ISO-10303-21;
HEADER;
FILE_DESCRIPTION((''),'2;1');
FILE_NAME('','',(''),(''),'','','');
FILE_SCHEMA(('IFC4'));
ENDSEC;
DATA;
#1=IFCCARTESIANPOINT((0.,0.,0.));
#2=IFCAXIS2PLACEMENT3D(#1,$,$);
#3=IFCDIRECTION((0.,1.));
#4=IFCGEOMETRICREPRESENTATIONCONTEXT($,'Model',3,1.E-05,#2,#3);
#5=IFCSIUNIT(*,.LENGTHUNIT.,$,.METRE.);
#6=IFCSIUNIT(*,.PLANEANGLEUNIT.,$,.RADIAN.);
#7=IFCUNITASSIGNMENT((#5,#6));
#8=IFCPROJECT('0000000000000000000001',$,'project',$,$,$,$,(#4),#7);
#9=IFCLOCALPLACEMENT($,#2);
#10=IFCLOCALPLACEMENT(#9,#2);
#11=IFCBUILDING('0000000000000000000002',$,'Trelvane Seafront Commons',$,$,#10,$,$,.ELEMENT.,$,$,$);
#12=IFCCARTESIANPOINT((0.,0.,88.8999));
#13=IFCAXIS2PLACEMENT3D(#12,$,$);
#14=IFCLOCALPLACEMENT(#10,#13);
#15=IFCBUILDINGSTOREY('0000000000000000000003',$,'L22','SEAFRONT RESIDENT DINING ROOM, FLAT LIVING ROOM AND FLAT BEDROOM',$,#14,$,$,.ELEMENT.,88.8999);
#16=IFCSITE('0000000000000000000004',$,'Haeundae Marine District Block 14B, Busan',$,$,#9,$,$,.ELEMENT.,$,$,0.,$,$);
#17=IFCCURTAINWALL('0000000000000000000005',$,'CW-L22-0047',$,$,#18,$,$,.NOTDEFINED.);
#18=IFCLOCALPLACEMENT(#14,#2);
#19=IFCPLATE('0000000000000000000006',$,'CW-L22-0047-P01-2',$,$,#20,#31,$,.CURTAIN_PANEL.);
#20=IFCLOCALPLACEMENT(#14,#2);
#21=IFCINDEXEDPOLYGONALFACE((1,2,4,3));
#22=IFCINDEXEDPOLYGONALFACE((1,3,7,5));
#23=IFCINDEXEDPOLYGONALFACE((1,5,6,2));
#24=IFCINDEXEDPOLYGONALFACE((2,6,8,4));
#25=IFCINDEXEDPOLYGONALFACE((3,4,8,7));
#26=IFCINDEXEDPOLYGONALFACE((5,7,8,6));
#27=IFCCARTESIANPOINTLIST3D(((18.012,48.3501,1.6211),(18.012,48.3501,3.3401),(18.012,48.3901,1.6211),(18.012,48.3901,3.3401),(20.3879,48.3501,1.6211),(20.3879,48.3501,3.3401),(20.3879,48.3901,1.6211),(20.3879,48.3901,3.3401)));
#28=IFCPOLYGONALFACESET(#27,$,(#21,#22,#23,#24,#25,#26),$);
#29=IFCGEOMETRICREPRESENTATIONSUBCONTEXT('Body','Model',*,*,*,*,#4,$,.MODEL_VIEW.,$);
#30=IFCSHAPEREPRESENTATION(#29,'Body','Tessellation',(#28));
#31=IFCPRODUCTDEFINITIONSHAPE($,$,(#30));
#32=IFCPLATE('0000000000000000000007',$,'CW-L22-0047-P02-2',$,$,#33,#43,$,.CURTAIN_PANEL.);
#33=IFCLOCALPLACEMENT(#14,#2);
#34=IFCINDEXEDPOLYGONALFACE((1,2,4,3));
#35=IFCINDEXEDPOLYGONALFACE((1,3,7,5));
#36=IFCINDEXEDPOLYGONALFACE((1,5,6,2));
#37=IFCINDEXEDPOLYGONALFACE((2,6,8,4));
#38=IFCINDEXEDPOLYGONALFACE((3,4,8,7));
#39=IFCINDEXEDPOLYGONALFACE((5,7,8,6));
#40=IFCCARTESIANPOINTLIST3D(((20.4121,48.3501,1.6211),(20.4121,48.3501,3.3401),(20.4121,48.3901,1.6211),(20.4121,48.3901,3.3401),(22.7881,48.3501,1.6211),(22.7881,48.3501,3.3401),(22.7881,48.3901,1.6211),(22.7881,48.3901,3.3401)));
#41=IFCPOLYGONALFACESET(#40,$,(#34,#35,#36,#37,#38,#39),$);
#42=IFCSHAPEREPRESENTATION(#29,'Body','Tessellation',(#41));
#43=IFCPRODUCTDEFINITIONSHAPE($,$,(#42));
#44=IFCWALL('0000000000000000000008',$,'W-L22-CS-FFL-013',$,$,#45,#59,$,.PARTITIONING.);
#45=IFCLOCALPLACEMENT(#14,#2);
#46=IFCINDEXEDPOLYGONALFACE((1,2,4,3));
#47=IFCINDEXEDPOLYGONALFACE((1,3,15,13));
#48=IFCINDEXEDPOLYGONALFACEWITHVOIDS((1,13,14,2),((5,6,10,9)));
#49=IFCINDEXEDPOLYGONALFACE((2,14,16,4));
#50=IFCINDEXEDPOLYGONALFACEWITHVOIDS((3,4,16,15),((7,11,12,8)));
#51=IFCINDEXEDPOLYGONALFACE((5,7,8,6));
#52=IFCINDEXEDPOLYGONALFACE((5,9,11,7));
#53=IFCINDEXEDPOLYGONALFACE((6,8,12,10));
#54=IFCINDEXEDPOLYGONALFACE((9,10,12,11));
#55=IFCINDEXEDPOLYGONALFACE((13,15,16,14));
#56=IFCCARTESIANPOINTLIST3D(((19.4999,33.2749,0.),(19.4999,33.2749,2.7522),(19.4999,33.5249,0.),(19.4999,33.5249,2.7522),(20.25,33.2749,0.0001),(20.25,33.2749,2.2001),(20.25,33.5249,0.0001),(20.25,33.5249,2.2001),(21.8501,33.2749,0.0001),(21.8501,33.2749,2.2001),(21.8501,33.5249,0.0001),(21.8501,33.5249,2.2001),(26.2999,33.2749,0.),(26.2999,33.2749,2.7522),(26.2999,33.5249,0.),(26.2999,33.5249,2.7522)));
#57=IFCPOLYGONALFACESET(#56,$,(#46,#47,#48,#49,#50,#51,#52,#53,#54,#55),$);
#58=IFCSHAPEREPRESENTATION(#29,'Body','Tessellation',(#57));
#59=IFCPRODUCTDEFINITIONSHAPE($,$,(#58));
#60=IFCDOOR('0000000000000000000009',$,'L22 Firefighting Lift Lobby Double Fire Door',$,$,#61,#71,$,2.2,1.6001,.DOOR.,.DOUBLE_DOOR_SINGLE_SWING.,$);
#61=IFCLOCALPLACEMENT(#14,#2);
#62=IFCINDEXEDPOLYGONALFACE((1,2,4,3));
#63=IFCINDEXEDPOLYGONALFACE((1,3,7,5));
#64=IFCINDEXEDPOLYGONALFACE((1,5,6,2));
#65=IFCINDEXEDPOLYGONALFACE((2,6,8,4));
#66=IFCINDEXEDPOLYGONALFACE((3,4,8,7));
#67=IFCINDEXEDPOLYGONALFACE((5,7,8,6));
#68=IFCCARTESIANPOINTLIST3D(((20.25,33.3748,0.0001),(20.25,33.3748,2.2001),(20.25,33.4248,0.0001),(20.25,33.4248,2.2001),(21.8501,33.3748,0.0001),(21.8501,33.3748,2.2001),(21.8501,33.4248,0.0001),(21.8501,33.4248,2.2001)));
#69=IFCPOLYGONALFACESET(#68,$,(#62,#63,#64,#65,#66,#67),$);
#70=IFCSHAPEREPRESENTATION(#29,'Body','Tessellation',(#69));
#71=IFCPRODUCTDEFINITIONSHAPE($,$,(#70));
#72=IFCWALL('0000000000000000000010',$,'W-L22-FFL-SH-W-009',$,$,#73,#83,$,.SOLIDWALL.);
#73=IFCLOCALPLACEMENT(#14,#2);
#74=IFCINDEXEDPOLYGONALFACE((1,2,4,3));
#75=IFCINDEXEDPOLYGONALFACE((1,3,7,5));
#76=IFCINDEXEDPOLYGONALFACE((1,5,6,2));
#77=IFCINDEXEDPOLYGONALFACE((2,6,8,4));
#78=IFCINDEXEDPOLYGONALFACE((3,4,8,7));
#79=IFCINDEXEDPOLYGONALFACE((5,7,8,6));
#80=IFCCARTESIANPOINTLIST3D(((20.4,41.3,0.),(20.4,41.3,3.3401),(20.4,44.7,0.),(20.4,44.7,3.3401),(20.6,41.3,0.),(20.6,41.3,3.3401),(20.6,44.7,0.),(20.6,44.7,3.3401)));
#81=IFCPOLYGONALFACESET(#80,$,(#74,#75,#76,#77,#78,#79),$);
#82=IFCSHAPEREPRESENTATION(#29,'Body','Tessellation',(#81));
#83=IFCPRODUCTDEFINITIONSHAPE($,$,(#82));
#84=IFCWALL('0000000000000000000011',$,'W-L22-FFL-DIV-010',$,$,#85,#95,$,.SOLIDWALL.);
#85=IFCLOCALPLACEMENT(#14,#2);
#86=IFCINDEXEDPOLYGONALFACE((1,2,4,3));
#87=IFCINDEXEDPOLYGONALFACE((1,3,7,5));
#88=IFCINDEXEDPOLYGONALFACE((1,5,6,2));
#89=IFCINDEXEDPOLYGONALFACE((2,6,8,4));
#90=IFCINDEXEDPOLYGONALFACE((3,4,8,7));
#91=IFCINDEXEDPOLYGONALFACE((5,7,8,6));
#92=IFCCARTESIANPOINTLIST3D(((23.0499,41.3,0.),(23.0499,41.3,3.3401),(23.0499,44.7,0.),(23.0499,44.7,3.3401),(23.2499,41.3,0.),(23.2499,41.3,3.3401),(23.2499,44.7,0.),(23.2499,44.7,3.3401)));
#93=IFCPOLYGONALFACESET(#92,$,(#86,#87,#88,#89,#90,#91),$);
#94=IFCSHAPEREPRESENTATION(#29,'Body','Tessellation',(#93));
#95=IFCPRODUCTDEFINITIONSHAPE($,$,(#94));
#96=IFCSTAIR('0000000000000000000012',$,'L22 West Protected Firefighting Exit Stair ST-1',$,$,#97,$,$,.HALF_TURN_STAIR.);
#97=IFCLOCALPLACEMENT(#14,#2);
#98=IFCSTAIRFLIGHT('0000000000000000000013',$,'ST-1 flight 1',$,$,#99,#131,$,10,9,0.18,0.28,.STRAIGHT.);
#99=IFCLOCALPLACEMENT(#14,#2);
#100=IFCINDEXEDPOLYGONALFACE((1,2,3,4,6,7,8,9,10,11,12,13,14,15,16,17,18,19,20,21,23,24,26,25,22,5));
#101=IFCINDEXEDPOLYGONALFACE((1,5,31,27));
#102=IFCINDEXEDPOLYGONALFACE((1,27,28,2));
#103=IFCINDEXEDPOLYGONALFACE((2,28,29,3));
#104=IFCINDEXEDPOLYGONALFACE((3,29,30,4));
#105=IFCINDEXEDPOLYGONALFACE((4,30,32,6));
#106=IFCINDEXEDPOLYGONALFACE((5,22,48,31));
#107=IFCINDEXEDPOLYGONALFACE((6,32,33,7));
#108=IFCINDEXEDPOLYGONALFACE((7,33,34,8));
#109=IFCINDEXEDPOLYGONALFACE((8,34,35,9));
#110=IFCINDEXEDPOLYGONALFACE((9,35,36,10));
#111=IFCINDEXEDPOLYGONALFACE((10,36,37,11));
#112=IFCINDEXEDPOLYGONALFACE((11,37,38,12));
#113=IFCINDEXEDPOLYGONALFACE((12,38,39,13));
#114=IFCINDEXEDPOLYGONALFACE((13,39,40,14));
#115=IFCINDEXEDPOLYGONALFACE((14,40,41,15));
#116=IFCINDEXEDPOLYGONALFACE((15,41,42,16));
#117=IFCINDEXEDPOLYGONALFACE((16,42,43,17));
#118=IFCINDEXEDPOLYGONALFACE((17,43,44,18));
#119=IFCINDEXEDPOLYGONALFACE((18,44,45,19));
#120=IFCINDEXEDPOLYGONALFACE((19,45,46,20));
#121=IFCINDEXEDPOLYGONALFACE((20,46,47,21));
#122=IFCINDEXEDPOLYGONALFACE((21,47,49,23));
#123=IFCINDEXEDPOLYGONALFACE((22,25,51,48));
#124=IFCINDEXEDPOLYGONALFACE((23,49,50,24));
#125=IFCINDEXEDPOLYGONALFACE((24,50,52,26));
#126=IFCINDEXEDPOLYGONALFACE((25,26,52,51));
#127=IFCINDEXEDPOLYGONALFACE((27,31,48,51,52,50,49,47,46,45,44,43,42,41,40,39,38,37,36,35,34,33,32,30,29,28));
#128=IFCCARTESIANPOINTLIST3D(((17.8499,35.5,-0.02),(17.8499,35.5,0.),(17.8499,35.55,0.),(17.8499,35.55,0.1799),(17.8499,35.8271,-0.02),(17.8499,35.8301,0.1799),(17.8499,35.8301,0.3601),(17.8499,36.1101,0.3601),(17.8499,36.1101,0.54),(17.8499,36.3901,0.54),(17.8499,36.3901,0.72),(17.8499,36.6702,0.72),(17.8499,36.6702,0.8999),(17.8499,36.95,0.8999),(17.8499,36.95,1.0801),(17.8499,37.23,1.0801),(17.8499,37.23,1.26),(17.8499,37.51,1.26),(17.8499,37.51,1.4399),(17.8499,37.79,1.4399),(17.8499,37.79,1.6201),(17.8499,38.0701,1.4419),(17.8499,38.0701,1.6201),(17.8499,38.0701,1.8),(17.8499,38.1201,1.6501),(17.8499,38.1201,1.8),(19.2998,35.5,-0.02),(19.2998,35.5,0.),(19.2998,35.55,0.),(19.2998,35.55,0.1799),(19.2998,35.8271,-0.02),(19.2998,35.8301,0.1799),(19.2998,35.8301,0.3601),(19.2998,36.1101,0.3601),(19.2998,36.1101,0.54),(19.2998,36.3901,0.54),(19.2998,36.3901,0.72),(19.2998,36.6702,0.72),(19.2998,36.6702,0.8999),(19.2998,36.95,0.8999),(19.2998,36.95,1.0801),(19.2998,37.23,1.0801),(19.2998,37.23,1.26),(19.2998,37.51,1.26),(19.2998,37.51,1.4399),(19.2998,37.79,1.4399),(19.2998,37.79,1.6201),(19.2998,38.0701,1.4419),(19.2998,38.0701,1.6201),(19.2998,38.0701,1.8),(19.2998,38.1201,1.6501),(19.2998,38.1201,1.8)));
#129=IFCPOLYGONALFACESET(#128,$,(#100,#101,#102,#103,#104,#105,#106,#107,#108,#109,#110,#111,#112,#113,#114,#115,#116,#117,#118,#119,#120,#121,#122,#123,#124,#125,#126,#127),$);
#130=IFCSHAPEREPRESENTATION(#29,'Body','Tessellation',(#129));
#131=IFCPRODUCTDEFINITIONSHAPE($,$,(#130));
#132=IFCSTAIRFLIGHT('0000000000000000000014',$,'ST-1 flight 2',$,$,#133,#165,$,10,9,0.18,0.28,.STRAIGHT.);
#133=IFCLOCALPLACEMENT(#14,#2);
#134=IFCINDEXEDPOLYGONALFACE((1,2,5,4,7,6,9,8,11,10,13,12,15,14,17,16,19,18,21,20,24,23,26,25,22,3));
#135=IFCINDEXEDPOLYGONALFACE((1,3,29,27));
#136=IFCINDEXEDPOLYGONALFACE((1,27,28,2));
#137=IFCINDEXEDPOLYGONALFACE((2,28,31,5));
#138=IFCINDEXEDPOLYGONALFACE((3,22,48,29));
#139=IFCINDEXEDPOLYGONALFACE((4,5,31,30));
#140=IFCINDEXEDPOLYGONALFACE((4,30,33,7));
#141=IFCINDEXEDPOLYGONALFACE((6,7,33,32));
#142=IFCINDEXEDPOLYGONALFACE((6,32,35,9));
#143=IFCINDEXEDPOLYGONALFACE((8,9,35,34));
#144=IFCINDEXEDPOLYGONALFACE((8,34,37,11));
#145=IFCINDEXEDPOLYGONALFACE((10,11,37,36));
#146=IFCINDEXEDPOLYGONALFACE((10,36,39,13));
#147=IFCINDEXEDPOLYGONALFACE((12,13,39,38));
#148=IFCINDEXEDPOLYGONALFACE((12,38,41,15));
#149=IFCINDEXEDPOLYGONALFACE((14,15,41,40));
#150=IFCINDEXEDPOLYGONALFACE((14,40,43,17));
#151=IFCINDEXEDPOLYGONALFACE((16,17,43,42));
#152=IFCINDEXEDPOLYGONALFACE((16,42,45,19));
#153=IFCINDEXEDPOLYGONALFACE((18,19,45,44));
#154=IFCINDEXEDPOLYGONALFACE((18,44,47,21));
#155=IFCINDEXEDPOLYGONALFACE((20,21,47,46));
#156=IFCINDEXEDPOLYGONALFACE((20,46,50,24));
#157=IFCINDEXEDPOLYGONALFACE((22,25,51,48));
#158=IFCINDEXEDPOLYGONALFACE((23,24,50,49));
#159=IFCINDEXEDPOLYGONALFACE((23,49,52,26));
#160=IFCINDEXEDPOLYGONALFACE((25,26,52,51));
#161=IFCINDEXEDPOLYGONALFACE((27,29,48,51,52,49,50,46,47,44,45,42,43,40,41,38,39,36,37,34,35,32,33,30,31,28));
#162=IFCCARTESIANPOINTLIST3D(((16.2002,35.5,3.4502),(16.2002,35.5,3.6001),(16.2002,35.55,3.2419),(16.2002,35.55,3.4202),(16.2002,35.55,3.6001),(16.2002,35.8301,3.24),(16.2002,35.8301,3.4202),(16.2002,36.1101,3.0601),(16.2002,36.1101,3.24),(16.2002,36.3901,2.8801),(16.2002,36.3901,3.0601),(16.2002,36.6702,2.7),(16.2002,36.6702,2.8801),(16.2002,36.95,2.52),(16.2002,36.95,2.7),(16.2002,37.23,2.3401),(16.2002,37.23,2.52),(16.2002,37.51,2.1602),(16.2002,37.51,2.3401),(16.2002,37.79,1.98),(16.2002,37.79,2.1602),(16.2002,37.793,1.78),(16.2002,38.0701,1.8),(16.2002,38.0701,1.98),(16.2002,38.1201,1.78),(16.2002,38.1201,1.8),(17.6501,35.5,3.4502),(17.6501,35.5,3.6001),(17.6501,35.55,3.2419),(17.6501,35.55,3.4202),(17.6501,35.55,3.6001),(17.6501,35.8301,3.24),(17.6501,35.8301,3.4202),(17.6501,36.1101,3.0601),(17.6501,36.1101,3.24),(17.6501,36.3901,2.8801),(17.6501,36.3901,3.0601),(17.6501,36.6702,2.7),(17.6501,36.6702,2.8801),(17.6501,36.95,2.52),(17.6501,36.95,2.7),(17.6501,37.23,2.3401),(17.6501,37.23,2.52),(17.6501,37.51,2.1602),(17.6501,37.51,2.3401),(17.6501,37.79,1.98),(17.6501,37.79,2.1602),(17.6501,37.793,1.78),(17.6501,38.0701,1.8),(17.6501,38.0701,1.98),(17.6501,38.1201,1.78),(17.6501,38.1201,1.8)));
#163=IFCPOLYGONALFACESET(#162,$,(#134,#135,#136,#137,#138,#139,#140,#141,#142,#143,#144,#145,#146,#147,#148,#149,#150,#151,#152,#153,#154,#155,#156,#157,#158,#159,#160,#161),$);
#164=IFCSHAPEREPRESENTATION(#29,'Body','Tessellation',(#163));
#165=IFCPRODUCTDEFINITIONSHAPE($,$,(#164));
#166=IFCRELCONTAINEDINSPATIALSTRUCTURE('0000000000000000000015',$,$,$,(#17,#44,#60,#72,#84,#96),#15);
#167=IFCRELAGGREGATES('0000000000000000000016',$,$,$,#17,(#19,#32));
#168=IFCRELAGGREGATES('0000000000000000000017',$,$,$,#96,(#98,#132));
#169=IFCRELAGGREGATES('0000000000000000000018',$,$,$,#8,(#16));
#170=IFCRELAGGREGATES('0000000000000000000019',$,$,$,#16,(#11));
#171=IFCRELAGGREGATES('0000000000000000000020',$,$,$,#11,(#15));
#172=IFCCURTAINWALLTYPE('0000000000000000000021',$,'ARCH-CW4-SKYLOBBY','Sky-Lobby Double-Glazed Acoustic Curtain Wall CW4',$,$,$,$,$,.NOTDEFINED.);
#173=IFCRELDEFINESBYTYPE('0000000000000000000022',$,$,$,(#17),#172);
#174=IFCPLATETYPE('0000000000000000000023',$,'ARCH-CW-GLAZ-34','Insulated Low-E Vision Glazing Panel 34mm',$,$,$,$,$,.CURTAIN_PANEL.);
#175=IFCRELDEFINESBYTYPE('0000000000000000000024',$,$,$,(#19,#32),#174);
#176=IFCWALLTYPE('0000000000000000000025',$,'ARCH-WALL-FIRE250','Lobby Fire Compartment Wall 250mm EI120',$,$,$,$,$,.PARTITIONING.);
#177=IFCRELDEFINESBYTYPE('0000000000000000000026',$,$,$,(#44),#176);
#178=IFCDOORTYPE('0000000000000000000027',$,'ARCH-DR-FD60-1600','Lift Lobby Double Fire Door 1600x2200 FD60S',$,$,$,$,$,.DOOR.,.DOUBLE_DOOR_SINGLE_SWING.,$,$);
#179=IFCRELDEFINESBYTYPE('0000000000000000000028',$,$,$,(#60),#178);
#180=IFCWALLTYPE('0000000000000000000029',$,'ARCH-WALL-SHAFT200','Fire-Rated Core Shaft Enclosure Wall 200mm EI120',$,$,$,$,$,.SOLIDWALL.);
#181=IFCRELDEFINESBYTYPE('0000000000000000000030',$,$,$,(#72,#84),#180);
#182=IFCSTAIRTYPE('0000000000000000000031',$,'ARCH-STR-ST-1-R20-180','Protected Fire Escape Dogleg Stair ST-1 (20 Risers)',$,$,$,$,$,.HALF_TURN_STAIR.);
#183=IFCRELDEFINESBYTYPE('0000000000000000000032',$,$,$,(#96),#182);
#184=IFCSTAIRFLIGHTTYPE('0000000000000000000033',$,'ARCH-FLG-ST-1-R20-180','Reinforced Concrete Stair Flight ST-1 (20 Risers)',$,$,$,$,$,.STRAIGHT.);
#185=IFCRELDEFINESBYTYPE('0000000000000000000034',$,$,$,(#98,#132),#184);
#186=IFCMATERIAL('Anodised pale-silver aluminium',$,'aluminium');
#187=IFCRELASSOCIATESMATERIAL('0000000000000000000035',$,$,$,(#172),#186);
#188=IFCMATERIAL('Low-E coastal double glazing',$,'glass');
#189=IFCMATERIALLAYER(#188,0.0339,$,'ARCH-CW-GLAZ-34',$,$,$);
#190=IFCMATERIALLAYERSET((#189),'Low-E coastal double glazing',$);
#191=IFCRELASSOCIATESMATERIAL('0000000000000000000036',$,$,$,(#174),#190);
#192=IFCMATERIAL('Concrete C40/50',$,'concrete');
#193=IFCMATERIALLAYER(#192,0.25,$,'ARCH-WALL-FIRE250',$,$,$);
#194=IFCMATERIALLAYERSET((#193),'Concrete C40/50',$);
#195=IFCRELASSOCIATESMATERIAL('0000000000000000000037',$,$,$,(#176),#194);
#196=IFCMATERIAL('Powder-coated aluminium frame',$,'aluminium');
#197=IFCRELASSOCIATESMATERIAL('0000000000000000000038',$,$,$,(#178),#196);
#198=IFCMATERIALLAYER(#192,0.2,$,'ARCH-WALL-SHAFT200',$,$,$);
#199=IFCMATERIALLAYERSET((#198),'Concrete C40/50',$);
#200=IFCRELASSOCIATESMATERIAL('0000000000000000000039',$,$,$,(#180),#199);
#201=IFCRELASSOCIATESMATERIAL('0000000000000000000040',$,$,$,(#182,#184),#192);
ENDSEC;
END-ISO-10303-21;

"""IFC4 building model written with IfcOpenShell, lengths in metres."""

from ifc_helpers import new_model, si_unit, direction, frame, frame_2d, origin, origin_2d, place, context, subcontext, project, spatial, polyline, rectangle, outline, extrude, source, transform, mapped, material, layer, layer_set, type_object, element, fill, aggregate, save


model = new_model("IFC4")

# Units and contexts
model_context = context("Model", 3, precision=1e-05, world=origin(), true_north=direction((0.0, 1.0)))
body_context = subcontext(model_context, "Body", "Model", "MODEL_VIEW")
ifc_project = project(units=[si_unit("LENGTHUNIT", "METRE"), si_unit("PLANEANGLEUNIT", "RADIAN")], contexts=[model_context])

# Site, building, storey
site_placement = place(None, origin())
site = spatial("IfcSite", under=ifc_project, at=site_placement, Name="Haeundae Marine District Block 14B, Busan", CompositionType="ELEMENT", RefElevation=0.0)
building_placement = place(site_placement, origin())
building = spatial("IfcBuilding", under=site, at=building_placement, Name="Trelvane Seafront Commons", CompositionType="ELEMENT")
storey_placement = place(building_placement, frame((0.0, 0.0, 88.8999)))
storey = spatial("IfcBuildingStorey", under=building, at=storey_placement, Name="L22", Description="SEAFRONT RESIDENT DINING ROOM, FLAT LIVING ROOM AND FLAT BEDROOM", CompositionType="ELEMENT", Elevation=88.8999)

# Curtain wall
ifc_material_1 = material(Name="Anodised pale-silver aluminium", Category="aluminium")
curtain_wall_type = type_object("IfcCurtainWallType", Name="ARCH-CW4-SKYLOBBY", Description="Sky-Lobby Double-Glazed Acoustic Curtain Wall CW4", PredefinedType="NOTDEFINED", material=ifc_material_1)
curtain_wall_placement = place(storey_placement, origin())
curtain_wall = element("IfcCurtainWall", 1, at=curtain_wall_placement, inside=storey, type_object=curtain_wall_type, Name="CW-L22-0047", PredefinedType="NOTDEFINED")

# Plates
ifc_material_2 = material(Name="Low-E coastal double glazing", Category="glass")
ifc_layer_1 = layer(ifc_material_2, 0.0339, Name="ARCH-CW-GLAZ-34")
ifc_layer_set_1 = layer_set([ifc_layer_1], Name="Low-E coastal double glazing")
plate_type_1 = type_object("IfcPlateType", Name="ARCH-CW-GLAZ-34", Description="Insulated Low-E Vision Glazing Panel 34mm", PredefinedType="CURTAIN_PANEL", material=ifc_layer_set_1)
shared_shape_1 = source(origin(), body_context, "Body", "SweptSolid", [
    extrude(rectangle(XDim=2.376, YDim=0.04, at=origin_2d()), origin(), (0.0, 0.0, 1.0), 1.719),
])
plate_1_placement = place(storey_placement, frame((19.2, 48.3701, 1.6211), z_axis=(0.0, 0.0, 1.0), x_axis=(1.0, 0.0, 0.0)))
plate_1 = element("IfcPlate", 2, at=plate_1_placement, type_object=plate_type_1, Name="CW-L22-0047-P01-2", PredefinedType="CURTAIN_PANEL", context=body_context, shape_type="MappedRepresentation", body=[
    mapped(shared_shape_1, transform((0.0, 0.0, 0.0), x_axis=(1.0, 0.0, 0.0), y_axis=(0.0, 1.0, 0.0), z_axis=(0.0, 0.0, 1.0), scale=1.0)),
])
plate_2_placement = place(storey_placement, frame((21.6001, 48.3701, 1.6211), z_axis=(0.0, 0.0, 1.0), x_axis=(1.0, 0.0, 0.0)))
plate_2 = element("IfcPlate", 3, at=plate_2_placement, type_object=plate_type_1, Name="CW-L22-0047-P02-2", PredefinedType="CURTAIN_PANEL", context=body_context, shape_type="MappedRepresentation", body=[
    mapped(shared_shape_1, transform((0.0, 0.0, 0.0), x_axis=(1.0, 0.0, 0.0), y_axis=(0.0, 1.0, 0.0), z_axis=(0.0, 0.0, 1.0), scale=1.0)),
])
aggregate(curtain_wall, [plate_1, plate_2])

# Wall, opening, door
ifc_material_3 = material(Name="Concrete C40/50", Category="concrete")
ifc_layer_2 = layer(ifc_material_3, 0.25, Name="ARCH-WALL-FIRE250")
ifc_layer_set_2 = layer_set([ifc_layer_2], Name="Concrete C40/50")
wall_type_1 = type_object("IfcWallType", Name="ARCH-WALL-FIRE250", Description="Lobby Fire Compartment Wall 250mm EI120", PredefinedType="PARTITIONING", material=ifc_layer_set_2)
wall_1_placement = place(storey_placement, frame((19.5, 33.3999, 0.0), z_axis=(0.0, 0.0, 1.0), x_axis=(1.0, 0.0, 0.0)))
wall_1 = element("IfcWall", 4, at=wall_1_placement, inside=storey, type_object=wall_type_1, Name="W-L22-CS-FFL-013", PredefinedType="PARTITIONING", context=body_context, shape_type="SweptSolid", body=[
    extrude(rectangle(XDim=6.8, YDim=0.25, at=frame_2d((3.3999, 0.0))), origin(), (0.0, 0.0, 1.0), 2.7522),
])
opening_1_placement = place(wall_1_placement, frame((0.75, 0.0, 0.0)))
opening_1 = element("IfcOpeningElement", 5, at=opening_1_placement, cuts=wall_1, PredefinedType="OPENING", context=body_context, shape_type="SweptSolid", body=[
    extrude(rectangle(XDim=1.6001, YDim=2.2, at=frame_2d((0.8, 1.1001))), frame((0.0, 0.135, 0.0), z_axis=(0.0, -1.0, 0.0), x_axis=(1.0, 0.0, 0.0)), (0.0, 0.0, 1.0), 0.27),
])
ifc_material_4 = material(Name="Powder-coated aluminium frame", Category="aluminium")
door_type_1 = type_object("IfcDoorType", Name="ARCH-DR-FD60-1600", Description="Lift Lobby Double Fire Door 1600x2200 FD60S", OperationType="DOUBLE_DOOR_SINGLE_SWING", PredefinedType="DOOR", material=ifc_material_4)
shared_shape_2 = source(origin(), body_context, "Body", "SweptSolid", [
    extrude(rectangle(XDim=1.6001, YDim=2.2, at=frame_2d((0.8, 1.1001))), frame((0.0, 0.0249, 0.0), z_axis=(0.0, -1.0, 0.0), x_axis=(1.0, 0.0, 0.0)), (0.0, 0.0, 1.0), 0.05),
])
door_1_placement = place(opening_1_placement, origin())
door_1 = element("IfcDoor", 6, at=door_1_placement, inside=storey, type_object=door_type_1, Name="L22 Firefighting Lift Lobby Double Fire Door", OperationType="DOUBLE_DOOR_SINGLE_SWING", OverallHeight=2.2, OverallWidth=1.6001, PredefinedType="DOOR", context=body_context, shape_type="MappedRepresentation", body=[
    mapped(shared_shape_2, transform((0.0, 0.0, 0.0), x_axis=(1.0, 0.0, 0.0), y_axis=(0.0, 1.0, 0.0), z_axis=(0.0, 0.0, 1.0), scale=1.0)),
])
fill(opening_1, door_1)

# Shared definitions
ifc_layer_3 = layer(ifc_material_3, 0.2, Name="ARCH-WALL-SHAFT200")
ifc_layer_set_3 = layer_set([ifc_layer_3], Name="Concrete C40/50")
wall_type_2 = type_object("IfcWallType", Name="ARCH-WALL-SHAFT200", Description="Fire-Rated Core Shaft Enclosure Wall 200mm EI120", PredefinedType="SOLIDWALL", material=ifc_layer_set_3)

# Walls
for number, where, z_axis, x_axis, name in (
    (7, (20.5, 41.3, 0.0), (0.0, 0.0, 1.0), (0.0, 1.0, 0.0), "W-L22-FFL-SH-W-009"),
    (8, (23.1499, 41.3, 0.0), (0.0, 0.0, 1.0), (0.0, 1.0, 0.0), "W-L22-FFL-DIV-010"),
):
    element("IfcWall", number, at=place(storey_placement, frame(where, z_axis=z_axis, x_axis=x_axis)), inside=storey, type_object=wall_type_2, Name=name, PredefinedType="SOLIDWALL", context=body_context, shape_type="SweptSolid", body=[
        extrude(rectangle(XDim=3.3999, YDim=0.2, at=frame_2d((1.7, 0.0))), origin(), (0.0, 0.0, 1.0), 3.3401),
    ])

# Stair, stair flights
stair_type = type_object("IfcStairType", Name="ARCH-STR-ST-1-R20-180", Description="Protected Fire Escape Dogleg Stair ST-1 (20 Risers)", PredefinedType="HALF_TURN_STAIR", material=ifc_material_3)
stair_placement = place(storey_placement, origin())
stair = element("IfcStair", 9, at=stair_placement, inside=storey, type_object=stair_type, Name="L22 West Protected Firefighting Exit Stair ST-1", PredefinedType="HALF_TURN_STAIR")
stair_flight_type = type_object("IfcStairFlightType", Name="ARCH-FLG-ST-1-R20-180", Description="Reinforced Concrete Stair Flight ST-1 (20 Risers)", PredefinedType="STRAIGHT", material=ifc_material_3)
shared_shape_3 = source(origin(), body_context, "Body", "SweptSolid", [
    extrude(outline(polyline([(-0.05, -0.02), (-0.05, 0.0), (0.0, 0.0), (0.0, 0.1799), (0.28, 0.1799), (0.28, 0.3601), (0.5601, 0.3601), (0.5601, 0.54), (0.8401, 0.54), (0.8401, 0.72), (1.1201, 0.72), (1.1201, 0.8999), (1.3999, 0.8999), (1.3999, 1.0801), (1.6799, 1.0801), (1.6799, 1.26), (1.96, 1.26), (1.96, 1.4399), (2.24, 1.4399), (2.24, 1.6201), (2.52, 1.6201), (2.52, 1.8), (2.5701, 1.8), (2.5701, 1.6501), (2.52, 1.4419), (0.2771, -0.02), (-0.05, -0.02)])), frame((0.0, 0.7251, 0.0), z_axis=(0.0, -1.0, 0.0), x_axis=(1.0, 0.0, 0.0)), (0.0, 0.0, 1.0), 1.45),
])
stair_flight_1_placement = place(storey_placement, frame((18.575, 35.55, 0.0), z_axis=(0.0, 0.0, 1.0), x_axis=(0.0, 1.0, 0.0)))
stair_flight_1 = element("IfcStairFlight", 10, at=stair_flight_1_placement, type_object=stair_flight_type, Name="ST-1 flight 1", NumberOfRisers=10, NumberOfTreads=9, PredefinedType="STRAIGHT", RiserHeight=0.18, TreadLength=0.28, context=body_context, shape_type="MappedRepresentation", body=[
    mapped(shared_shape_3, transform((0.0, 0.0, 0.0), x_axis=(1.0, 0.0, 0.0), y_axis=(0.0, 1.0, 0.0), z_axis=(0.0, 0.0, 1.0), scale=1.0)),
])
stair_flight_2_placement = place(storey_placement, frame((16.925, 38.0701, 1.8), z_axis=(0.0, 0.0, 1.0), x_axis=(0.0, -1.0, 0.0)))
stair_flight_2 = element("IfcStairFlight", 11, at=stair_flight_2_placement, type_object=stair_flight_type, Name="ST-1 flight 2", NumberOfRisers=10, NumberOfTreads=9, PredefinedType="STRAIGHT", RiserHeight=0.18, TreadLength=0.28, context=body_context, shape_type="MappedRepresentation", body=[
    mapped(shared_shape_3, transform((0.0, 0.0, 0.0), x_axis=(1.0, 0.0, 0.0), y_axis=(0.0, 1.0, 0.0), z_axis=(0.0, 0.0, 1.0), scale=1.0)),
])
aggregate(stair, [stair_flight_1, stair_flight_2])

save(model, "model.ifc")
